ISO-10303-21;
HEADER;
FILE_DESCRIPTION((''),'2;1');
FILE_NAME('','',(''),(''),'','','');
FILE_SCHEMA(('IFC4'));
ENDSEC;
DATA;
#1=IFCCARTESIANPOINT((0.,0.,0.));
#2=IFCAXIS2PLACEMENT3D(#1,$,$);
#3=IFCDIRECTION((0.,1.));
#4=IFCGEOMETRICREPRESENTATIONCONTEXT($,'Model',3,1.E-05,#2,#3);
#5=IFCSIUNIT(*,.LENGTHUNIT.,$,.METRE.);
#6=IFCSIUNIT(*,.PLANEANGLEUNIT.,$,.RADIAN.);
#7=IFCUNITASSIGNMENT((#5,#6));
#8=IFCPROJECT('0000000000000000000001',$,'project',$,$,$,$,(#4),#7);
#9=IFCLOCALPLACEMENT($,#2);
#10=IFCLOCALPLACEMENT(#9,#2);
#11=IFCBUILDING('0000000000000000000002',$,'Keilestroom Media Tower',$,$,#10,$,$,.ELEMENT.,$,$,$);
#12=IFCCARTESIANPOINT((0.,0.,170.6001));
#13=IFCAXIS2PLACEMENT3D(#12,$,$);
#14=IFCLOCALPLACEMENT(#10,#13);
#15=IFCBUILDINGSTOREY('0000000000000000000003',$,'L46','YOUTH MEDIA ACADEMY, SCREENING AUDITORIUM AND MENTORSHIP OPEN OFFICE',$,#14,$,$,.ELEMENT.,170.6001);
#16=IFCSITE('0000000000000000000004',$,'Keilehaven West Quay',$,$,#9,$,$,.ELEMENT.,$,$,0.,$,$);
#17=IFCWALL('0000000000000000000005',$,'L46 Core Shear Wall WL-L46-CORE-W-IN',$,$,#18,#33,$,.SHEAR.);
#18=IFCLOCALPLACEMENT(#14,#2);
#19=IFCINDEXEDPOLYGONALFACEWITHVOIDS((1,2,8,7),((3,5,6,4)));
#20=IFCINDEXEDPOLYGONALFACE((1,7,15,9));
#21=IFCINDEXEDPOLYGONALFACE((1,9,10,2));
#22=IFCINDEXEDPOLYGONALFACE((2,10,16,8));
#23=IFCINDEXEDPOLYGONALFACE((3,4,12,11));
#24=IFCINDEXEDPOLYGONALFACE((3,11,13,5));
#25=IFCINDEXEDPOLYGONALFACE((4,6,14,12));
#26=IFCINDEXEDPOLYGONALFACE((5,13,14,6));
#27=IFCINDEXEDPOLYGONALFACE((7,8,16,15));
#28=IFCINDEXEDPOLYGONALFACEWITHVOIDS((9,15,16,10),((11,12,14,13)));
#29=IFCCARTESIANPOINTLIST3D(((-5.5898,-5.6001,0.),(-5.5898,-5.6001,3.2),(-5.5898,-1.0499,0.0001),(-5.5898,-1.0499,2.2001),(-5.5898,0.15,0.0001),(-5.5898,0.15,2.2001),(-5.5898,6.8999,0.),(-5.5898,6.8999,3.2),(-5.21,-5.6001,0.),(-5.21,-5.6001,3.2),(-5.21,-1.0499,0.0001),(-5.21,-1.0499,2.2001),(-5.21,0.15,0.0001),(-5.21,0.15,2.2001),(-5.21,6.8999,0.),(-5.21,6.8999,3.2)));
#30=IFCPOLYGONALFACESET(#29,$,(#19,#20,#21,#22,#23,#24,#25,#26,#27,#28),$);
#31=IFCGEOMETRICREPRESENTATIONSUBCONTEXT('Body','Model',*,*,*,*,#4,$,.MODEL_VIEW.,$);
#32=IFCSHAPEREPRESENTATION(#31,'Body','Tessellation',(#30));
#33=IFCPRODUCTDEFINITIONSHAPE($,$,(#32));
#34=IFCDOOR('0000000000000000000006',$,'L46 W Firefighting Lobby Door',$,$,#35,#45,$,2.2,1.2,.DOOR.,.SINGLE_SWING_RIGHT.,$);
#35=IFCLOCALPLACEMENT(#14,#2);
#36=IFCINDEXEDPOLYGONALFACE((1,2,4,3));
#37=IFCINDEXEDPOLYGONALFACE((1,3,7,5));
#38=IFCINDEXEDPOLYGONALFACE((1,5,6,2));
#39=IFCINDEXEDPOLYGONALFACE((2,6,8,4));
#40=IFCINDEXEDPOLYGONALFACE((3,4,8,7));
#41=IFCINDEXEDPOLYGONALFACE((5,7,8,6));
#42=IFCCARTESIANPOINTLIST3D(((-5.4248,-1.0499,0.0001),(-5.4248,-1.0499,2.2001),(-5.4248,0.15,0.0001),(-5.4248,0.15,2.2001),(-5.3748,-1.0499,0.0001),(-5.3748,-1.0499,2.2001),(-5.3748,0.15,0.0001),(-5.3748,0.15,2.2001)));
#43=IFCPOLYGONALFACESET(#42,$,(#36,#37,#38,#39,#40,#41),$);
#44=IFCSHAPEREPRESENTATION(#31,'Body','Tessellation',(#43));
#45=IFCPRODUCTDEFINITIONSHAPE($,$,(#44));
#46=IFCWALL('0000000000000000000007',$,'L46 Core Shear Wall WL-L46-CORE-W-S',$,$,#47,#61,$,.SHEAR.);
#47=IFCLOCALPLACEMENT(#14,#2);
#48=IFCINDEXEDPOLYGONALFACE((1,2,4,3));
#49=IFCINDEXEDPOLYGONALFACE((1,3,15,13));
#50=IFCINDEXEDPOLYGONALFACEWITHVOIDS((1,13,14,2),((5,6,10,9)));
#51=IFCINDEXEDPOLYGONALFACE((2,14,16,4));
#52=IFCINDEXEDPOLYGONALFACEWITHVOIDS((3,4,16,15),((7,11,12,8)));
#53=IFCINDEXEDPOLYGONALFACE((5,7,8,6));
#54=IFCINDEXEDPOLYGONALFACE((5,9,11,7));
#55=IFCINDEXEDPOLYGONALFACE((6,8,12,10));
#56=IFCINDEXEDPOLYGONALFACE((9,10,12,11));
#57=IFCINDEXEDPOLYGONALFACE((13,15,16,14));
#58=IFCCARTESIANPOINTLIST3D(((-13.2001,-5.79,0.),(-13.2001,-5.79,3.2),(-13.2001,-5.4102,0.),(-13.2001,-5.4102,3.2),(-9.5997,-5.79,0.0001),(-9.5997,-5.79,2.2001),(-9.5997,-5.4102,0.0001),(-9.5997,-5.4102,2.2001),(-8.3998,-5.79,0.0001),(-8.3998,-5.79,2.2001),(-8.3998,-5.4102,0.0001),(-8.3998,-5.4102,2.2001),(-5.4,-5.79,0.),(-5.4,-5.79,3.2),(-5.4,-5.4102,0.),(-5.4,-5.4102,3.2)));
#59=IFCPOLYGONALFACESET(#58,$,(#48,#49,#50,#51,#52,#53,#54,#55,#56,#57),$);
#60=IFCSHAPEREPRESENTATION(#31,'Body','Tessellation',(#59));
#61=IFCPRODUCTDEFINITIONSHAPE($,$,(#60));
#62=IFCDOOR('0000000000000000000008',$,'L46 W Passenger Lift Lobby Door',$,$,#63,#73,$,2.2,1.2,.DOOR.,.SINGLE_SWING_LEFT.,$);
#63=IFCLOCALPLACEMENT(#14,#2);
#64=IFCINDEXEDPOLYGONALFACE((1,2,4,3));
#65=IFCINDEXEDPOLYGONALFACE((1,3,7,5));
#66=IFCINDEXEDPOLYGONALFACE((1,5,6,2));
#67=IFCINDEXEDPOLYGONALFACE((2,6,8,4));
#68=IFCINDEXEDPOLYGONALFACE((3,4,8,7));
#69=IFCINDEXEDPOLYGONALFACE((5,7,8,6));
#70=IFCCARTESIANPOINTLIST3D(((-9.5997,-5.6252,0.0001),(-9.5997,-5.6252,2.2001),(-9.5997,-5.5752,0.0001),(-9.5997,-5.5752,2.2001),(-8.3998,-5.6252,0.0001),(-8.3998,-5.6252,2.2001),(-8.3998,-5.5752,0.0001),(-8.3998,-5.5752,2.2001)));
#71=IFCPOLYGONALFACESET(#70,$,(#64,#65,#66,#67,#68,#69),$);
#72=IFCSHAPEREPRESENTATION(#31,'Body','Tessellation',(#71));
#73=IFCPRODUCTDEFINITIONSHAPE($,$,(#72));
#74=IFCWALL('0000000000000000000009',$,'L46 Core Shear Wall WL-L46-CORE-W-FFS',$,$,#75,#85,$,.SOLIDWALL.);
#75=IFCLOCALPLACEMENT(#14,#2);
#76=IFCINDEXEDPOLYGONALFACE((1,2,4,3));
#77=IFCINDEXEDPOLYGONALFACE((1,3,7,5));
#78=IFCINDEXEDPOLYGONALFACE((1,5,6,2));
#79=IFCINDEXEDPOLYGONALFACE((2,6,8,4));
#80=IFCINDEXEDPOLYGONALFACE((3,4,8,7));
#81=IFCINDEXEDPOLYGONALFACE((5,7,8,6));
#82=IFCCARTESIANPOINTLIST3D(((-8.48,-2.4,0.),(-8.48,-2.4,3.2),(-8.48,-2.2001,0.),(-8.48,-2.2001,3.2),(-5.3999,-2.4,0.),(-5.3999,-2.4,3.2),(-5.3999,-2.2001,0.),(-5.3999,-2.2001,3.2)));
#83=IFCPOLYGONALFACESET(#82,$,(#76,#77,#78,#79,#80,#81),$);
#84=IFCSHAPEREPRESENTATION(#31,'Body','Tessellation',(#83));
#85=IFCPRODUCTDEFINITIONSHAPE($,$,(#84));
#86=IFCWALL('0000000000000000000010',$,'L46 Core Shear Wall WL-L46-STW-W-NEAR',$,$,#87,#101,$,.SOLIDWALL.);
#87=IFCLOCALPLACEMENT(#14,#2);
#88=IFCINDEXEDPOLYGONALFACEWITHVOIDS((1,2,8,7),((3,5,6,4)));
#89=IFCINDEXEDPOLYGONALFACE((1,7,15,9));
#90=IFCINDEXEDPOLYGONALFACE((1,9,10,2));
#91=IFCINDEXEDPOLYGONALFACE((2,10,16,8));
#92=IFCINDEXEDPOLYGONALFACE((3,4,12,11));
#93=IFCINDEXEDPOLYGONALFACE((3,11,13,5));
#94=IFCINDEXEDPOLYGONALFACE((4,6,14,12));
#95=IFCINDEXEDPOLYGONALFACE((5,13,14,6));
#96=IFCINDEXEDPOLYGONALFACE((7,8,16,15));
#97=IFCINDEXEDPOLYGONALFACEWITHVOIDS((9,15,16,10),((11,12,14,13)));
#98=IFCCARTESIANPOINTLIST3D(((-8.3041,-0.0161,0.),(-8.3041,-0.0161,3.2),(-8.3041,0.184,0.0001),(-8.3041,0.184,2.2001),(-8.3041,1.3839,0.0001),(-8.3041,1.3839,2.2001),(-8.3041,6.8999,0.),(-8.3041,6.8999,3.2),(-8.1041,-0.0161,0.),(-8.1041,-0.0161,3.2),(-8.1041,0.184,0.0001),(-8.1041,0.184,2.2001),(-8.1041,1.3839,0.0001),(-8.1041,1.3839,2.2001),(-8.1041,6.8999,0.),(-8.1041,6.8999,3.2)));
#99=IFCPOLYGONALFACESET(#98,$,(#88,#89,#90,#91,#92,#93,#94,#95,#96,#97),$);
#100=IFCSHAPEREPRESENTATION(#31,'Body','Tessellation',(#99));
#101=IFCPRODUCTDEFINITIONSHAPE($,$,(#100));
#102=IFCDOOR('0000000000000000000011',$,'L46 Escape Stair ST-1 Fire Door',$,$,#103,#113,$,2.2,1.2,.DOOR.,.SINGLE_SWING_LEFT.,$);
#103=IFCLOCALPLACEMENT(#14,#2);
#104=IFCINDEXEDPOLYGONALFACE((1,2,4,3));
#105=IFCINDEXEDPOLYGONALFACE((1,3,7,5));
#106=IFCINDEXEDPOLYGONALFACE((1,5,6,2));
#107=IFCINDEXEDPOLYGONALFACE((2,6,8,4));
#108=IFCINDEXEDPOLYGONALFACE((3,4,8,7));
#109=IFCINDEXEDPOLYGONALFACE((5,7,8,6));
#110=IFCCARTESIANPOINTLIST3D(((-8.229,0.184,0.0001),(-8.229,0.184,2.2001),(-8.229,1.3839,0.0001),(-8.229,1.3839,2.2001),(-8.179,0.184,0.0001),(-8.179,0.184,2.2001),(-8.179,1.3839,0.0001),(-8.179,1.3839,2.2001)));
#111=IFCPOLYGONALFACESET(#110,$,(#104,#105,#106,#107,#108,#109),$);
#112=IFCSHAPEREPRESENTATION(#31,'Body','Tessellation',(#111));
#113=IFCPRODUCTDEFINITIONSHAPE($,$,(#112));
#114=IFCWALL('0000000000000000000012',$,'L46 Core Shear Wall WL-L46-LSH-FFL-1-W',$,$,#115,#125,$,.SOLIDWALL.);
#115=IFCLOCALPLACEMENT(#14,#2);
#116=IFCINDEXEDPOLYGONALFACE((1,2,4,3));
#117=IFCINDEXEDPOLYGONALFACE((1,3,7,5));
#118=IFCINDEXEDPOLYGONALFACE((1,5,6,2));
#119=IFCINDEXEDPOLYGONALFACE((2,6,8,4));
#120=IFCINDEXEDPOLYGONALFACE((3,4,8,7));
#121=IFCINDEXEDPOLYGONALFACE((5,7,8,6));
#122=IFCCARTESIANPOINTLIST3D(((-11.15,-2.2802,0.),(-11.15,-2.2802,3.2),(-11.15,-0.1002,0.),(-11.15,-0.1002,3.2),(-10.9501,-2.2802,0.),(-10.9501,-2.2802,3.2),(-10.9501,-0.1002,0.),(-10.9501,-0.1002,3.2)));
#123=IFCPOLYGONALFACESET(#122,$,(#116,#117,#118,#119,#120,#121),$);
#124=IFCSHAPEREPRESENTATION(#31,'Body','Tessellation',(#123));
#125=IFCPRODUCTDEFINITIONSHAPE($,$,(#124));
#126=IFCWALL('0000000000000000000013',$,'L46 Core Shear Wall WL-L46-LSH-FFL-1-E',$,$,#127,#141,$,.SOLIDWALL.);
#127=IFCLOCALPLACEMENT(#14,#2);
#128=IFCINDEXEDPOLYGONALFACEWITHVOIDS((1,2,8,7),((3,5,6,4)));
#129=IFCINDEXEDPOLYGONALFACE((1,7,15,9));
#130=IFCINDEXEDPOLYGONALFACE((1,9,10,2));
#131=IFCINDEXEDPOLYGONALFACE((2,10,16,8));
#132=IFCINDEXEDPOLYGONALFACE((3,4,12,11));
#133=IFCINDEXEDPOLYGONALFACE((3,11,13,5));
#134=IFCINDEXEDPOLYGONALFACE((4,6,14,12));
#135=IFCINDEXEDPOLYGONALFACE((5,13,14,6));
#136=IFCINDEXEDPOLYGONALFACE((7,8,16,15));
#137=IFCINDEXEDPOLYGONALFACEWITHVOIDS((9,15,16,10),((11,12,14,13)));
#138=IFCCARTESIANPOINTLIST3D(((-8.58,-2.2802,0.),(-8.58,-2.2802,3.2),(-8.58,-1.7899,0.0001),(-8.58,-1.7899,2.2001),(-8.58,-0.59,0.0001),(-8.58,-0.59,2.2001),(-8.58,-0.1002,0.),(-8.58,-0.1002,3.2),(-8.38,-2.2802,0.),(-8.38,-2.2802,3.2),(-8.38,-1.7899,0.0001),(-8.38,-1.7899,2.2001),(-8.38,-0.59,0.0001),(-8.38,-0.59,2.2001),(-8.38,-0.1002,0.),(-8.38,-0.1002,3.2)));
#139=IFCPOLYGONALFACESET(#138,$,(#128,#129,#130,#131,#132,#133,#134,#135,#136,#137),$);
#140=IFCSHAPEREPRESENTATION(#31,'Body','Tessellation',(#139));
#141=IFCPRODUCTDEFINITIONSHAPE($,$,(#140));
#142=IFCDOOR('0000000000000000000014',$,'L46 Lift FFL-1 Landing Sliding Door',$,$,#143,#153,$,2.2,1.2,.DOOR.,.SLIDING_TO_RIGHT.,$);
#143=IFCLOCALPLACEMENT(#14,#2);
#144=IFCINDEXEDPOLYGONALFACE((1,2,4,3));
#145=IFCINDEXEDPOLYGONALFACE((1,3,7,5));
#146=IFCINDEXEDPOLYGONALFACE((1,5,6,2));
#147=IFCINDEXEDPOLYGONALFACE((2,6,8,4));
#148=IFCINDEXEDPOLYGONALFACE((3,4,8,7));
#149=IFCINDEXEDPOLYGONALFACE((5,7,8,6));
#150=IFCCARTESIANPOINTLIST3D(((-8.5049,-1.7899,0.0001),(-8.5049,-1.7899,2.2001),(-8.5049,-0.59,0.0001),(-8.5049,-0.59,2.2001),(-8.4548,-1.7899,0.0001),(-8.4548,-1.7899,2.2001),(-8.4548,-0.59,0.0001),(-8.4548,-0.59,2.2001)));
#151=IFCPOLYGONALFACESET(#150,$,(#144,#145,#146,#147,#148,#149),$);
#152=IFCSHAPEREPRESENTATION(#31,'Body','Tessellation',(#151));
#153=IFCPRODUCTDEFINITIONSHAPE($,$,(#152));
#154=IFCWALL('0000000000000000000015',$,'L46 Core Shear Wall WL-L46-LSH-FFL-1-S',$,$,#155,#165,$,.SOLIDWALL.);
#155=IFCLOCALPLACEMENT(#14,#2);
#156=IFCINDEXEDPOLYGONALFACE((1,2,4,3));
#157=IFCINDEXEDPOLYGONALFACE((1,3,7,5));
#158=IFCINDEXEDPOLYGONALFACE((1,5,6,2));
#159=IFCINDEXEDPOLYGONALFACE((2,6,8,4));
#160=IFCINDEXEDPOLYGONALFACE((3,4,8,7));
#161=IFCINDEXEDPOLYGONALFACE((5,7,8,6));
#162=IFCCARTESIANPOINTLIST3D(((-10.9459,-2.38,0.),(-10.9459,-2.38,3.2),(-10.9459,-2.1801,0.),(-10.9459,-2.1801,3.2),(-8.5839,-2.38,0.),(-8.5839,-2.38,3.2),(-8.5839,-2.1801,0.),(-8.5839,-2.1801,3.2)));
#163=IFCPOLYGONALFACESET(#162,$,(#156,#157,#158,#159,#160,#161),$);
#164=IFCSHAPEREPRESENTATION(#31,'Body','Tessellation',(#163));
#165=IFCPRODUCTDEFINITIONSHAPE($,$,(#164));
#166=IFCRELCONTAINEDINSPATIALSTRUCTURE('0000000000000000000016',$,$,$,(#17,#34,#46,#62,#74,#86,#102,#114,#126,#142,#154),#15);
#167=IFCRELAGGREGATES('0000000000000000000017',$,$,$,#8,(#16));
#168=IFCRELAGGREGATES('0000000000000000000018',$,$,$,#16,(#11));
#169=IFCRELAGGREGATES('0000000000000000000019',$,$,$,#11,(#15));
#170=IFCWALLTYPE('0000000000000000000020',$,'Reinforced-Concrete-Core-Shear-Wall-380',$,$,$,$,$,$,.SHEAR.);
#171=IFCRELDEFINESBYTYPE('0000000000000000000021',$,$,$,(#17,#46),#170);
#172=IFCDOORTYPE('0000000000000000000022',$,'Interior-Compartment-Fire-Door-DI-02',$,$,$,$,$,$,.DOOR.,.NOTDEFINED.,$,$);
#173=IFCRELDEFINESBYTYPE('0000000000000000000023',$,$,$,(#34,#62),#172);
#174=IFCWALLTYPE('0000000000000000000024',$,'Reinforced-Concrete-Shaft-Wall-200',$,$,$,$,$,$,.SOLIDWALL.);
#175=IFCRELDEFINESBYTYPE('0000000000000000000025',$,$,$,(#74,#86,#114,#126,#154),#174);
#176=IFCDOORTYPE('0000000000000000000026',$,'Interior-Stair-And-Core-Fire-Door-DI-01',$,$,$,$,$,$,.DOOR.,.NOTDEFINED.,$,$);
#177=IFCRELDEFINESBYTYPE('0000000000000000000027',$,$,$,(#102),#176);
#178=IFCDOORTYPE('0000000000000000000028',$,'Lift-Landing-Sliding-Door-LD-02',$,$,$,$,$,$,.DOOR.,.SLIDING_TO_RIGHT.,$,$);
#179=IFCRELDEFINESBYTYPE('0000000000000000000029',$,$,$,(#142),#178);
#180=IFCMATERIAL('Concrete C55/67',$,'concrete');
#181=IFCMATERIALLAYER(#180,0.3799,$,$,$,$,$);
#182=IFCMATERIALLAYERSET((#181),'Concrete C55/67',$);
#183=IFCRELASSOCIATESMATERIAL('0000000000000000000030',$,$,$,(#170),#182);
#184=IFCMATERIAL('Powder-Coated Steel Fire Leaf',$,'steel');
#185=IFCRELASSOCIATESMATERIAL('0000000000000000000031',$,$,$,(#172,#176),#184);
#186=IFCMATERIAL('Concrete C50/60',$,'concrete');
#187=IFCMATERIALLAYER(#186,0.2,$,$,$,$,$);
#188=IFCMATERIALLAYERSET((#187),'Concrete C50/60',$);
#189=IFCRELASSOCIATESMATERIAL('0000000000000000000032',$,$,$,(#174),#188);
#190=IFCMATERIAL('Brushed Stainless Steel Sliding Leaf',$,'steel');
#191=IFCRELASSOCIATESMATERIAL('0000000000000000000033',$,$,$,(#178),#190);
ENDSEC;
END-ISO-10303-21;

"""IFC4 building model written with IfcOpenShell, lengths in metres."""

from ifc_helpers import new_model, si_unit, direction, frame, frame_2d, origin, place, context, subcontext, project, spatial, rectangle, extrude, source, transform, mapped, material, layer, layer_set, type_object, element, fill, save


model = new_model("IFC4")

# Units and contexts
model_context = context("Model", 3, precision=1e-05, world=origin(), true_north=direction((0.0, 1.0)))
body_context = subcontext(model_context, "Body", "Model", "MODEL_VIEW")
ifc_project = project(units=[si_unit("LENGTHUNIT", "METRE"), si_unit("PLANEANGLEUNIT", "RADIAN")], contexts=[model_context])

# Site, building, storey
site_placement = place(None, origin())
site = spatial("IfcSite", under=ifc_project, at=site_placement, Name="Keilehaven West Quay", CompositionType="ELEMENT", RefElevation=0.0)
building_placement = place(site_placement, origin())
building = spatial("IfcBuilding", under=site, at=building_placement, Name="Keilestroom Media Tower", CompositionType="ELEMENT")
storey_placement = place(building_placement, frame((0.0, 0.0, 170.6001)))
storey = spatial("IfcBuildingStorey", under=building, at=storey_placement, Name="L46", Description="YOUTH MEDIA ACADEMY, SCREENING AUDITORIUM AND MENTORSHIP OPEN OFFICE", CompositionType="ELEMENT", Elevation=170.6001)

# Shared definitions
ifc_material_1 = material(Name="Concrete C55/67", Category="concrete")

# Shared definitions
ifc_layer_1 = layer(ifc_material_1, 0.3799)
ifc_layer_set_1 = layer_set([ifc_layer_1], Name="Concrete C55/67")
wall_type_1 = type_object("IfcWallType", Name="Reinforced-Concrete-Core-Shear-Wall-380", PredefinedType="SHEAR", material=ifc_layer_set_1)

# Walls, openings, doors
wall_1_placement = place(storey_placement, frame((-5.3999, -5.6001, 0.0), z_axis=(0.0, 0.0, 1.0), x_axis=(0.0, 1.0, 0.0)))
wall_1 = element("IfcWall", 1, at=wall_1_placement, inside=storey, type_object=wall_type_1, Name="L46 Core Shear Wall WL-L46-CORE-W-IN", PredefinedType="SHEAR", context=body_context, shape_type="SweptSolid", body=[
    extrude(rectangle(XDim=12.5, YDim=0.3799, at=frame_2d((6.25, 0.0))), origin(), (0.0, 0.0, 1.0), 3.2),
])
opening_1_placement = place(wall_1_placement, frame((4.55, 0.0, 0.0)))
opening_1 = element("IfcOpeningElement", 2, at=opening_1_placement, cuts=wall_1, PredefinedType="OPENING", context=body_context, shape_type="SweptSolid", body=[
    extrude(rectangle(XDim=1.2, YDim=2.2, at=frame_2d((0.6001, 1.1001))), frame((0.0, 0.2, 0.0), z_axis=(0.0, -1.0, 0.0), x_axis=(1.0, 0.0, 0.0)), (0.0, 0.0, 1.0), 0.3999),
])
ifc_material_2 = material(Name="Powder-Coated Steel Fire Leaf", Category="steel")
door_type_1 = type_object("IfcDoorType", Name="Interior-Compartment-Fire-Door-DI-02", OperationType="NOTDEFINED", PredefinedType="DOOR", material=ifc_material_2)
shared_shape_1 = source(origin(), body_context, "Body", "SweptSolid", [
    extrude(rectangle(XDim=1.2, YDim=2.2, at=frame_2d((0.6001, 1.1001))), frame((0.0, 0.0249, 0.0), z_axis=(0.0, -1.0, 0.0), x_axis=(1.0, 0.0, 0.0)), (0.0, 0.0, 1.0), 0.05),
])
door_1_placement = place(opening_1_placement, origin())
door_1 = element("IfcDoor", 3, at=door_1_placement, inside=storey, type_object=door_type_1, Name="L46 W Firefighting Lobby Door", OperationType="SINGLE_SWING_RIGHT", OverallHeight=2.2, OverallWidth=1.2, PredefinedType="DOOR", context=body_context, shape_type="MappedRepresentation", body=[
    mapped(shared_shape_1, transform((0.0, 0.0, 0.0), x_axis=(1.0, 0.0, 0.0), y_axis=(0.0, 1.0, 0.0), z_axis=(0.0, 0.0, 1.0), scale=1.0)),
])
fill(opening_1, door_1)
wall_2_placement = place(storey_placement, frame((-13.2, -5.6001, 0.0), z_axis=(0.0, 0.0, 1.0), x_axis=(1.0, 0.0, 0.0)))
wall_2 = element("IfcWall", 4, at=wall_2_placement, inside=storey, type_object=wall_type_1, Name="L46 Core Shear Wall WL-L46-CORE-W-S", PredefinedType="SHEAR", context=body_context, shape_type="SweptSolid", body=[
    extrude(rectangle(XDim=7.8, YDim=0.3799, at=frame_2d((3.8999, 0.0))), origin(), (0.0, 0.0, 1.0), 3.2),
])
opening_2_placement = place(wall_2_placement, frame((3.6001, 0.0, 0.0)))
opening_2 = element("IfcOpeningElement", 5, at=opening_2_placement, cuts=wall_2, PredefinedType="OPENING", context=body_context, shape_type="SweptSolid", body=[
    extrude(rectangle(XDim=1.2, YDim=2.2, at=frame_2d((0.6001, 1.1001))), frame((0.0, 0.2, 0.0), z_axis=(0.0, -1.0, 0.0), x_axis=(1.0, 0.0, 0.0)), (0.0, 0.0, 1.0), 0.3999),
])
door_2_placement = place(opening_2_placement, origin())
door_2 = element("IfcDoor", 6, at=door_2_placement, inside=storey, type_object=door_type_1, Name="L46 W Passenger Lift Lobby Door", OperationType="SINGLE_SWING_LEFT", OverallHeight=2.2, OverallWidth=1.2, PredefinedType="DOOR", context=body_context, shape_type="MappedRepresentation", body=[
    mapped(shared_shape_1, transform((0.0, 0.0, 0.0), x_axis=(1.0, 0.0, 0.0), y_axis=(0.0, 1.0, 0.0), z_axis=(0.0, 0.0, 1.0), scale=1.0)),
])
fill(opening_2, door_2)

# Wall
ifc_material_3 = material(Name="Concrete C50/60", Category="concrete")
ifc_layer_2 = layer(ifc_material_3, 0.2)
ifc_layer_set_2 = layer_set([ifc_layer_2], Name="Concrete C50/60")
wall_type_2 = type_object("IfcWallType", Name="Reinforced-Concrete-Shaft-Wall-200", PredefinedType="SOLIDWALL", material=ifc_layer_set_2)
wall_3_placement = place(storey_placement, frame((-8.48, -2.3, 0.0), z_axis=(0.0, 0.0, 1.0), x_axis=(1.0, 0.0, 0.0)))
element("IfcWall", 7, at=wall_3_placement, inside=storey, type_object=wall_type_2, Name="L46 Core Shear Wall WL-L46-CORE-W-FFS", PredefinedType="SOLIDWALL", context=body_context, shape_type="SweptSolid", body=[
    extrude(rectangle(XDim=3.0801, YDim=0.2, at=frame_2d((1.54, 0.0))), origin(), (0.0, 0.0, 1.0), 3.2),
])

# Wall, opening, door
wall_4_placement = place(storey_placement, frame((-8.2041, -0.0161, 0.0), z_axis=(0.0, 0.0, 1.0), x_axis=(0.0, 1.0, 0.0)))
wall_4 = element("IfcWall", 8, at=wall_4_placement, inside=storey, type_object=wall_type_2, Name="L46 Core Shear Wall WL-L46-STW-W-NEAR", PredefinedType="SOLIDWALL", context=body_context, shape_type="SweptSolid", body=[
    extrude(rectangle(XDim=6.916, YDim=0.2, at=frame_2d((3.458, 0.0))), origin(), (0.0, 0.0, 1.0), 3.2),
])
opening_3_placement = place(wall_4_placement, frame((0.2, 0.0, 0.0)))
opening_3 = element("IfcOpeningElement", 9, at=opening_3_placement, cuts=wall_4, PredefinedType="OPENING", context=body_context, shape_type="SweptSolid", body=[
    extrude(rectangle(XDim=1.2, YDim=2.2, at=frame_2d((0.6001, 1.1001))), frame((0.0, 0.1099, 0.0), z_axis=(0.0, -1.0, 0.0), x_axis=(1.0, 0.0, 0.0)), (0.0, 0.0, 1.0), 0.22),
])
door_type_2 = type_object("IfcDoorType", Name="Interior-Stair-And-Core-Fire-Door-DI-01", OperationType="NOTDEFINED", PredefinedType="DOOR", material=ifc_material_2)
door_3_placement = place(opening_3_placement, origin())
door_3 = element("IfcDoor", 10, at=door_3_placement, inside=storey, type_object=door_type_2, Name="L46 Escape Stair ST-1 Fire Door", OperationType="SINGLE_SWING_LEFT", OverallHeight=2.2, OverallWidth=1.2, PredefinedType="DOOR", context=body_context, shape_type="MappedRepresentation", body=[
    mapped(shared_shape_1, transform((0.0, 0.0, 0.0), x_axis=(1.0, 0.0, 0.0), y_axis=(0.0, 1.0, 0.0), z_axis=(0.0, 0.0, 1.0), scale=1.0)),
])
fill(opening_3, door_3)

# Wall
wall_5_placement = place(storey_placement, frame((-11.05, -2.28, 0.0), z_axis=(0.0, 0.0, 1.0), x_axis=(0.0, 1.0, 0.0)))
element("IfcWall", 11, at=wall_5_placement, inside=storey, type_object=wall_type_2, Name="L46 Core Shear Wall WL-L46-LSH-FFL-1-W", PredefinedType="SOLIDWALL", context=body_context, shape_type="SweptSolid", body=[
    extrude(rectangle(XDim=2.1799, YDim=0.2, at=frame_2d((1.0898, 0.0))), origin(), (0.0, 0.0, 1.0), 3.2),
])

# Wall, opening, door
wall_6_placement = place(storey_placement, frame((-8.48, -2.28, 0.0), z_axis=(0.0, 0.0, 1.0), x_axis=(0.0, 1.0, 0.0)))
wall_6 = element("IfcWall", 12, at=wall_6_placement, inside=storey, type_object=wall_type_2, Name="L46 Core Shear Wall WL-L46-LSH-FFL-1-E", PredefinedType="SOLIDWALL", context=body_context, shape_type="SweptSolid", body=[
    extrude(rectangle(XDim=2.1799, YDim=0.2, at=frame_2d((1.0898, 0.0))), origin(), (0.0, 0.0, 1.0), 3.2),
])
opening_4_placement = place(wall_6_placement, frame((0.49, 0.0, 0.0)))
opening_4 = element("IfcOpeningElement", 13, at=opening_4_placement, cuts=wall_6, PredefinedType="OPENING", context=body_context, shape_type="SweptSolid", body=[
    extrude(rectangle(XDim=1.2, YDim=2.2, at=frame_2d((0.6001, 1.1001))), frame((0.0, 0.1099, 0.0), z_axis=(0.0, -1.0, 0.0), x_axis=(1.0, 0.0, 0.0)), (0.0, 0.0, 1.0), 0.22),
])
ifc_material_4 = material(Name="Brushed Stainless Steel Sliding Leaf", Category="steel")
door_type_3 = type_object("IfcDoorType", Name="Lift-Landing-Sliding-Door-LD-02", OperationType="SLIDING_TO_RIGHT", PredefinedType="DOOR", material=ifc_material_4)
door_4_placement = place(opening_4_placement, origin())
door_4 = element("IfcDoor", 14, at=door_4_placement, inside=storey, type_object=door_type_3, Name="L46 Lift FFL-1 Landing Sliding Door", OperationType="SLIDING_TO_RIGHT", OverallHeight=2.2, OverallWidth=1.2, PredefinedType="DOOR", context=body_context, shape_type="MappedRepresentation", body=[
    mapped(shared_shape_1, transform((0.0, 0.0, 0.0), x_axis=(1.0, 0.0, 0.0), y_axis=(0.0, 1.0, 0.0), z_axis=(0.0, 0.0, 1.0), scale=1.0)),
])
fill(opening_4, door_4)

# Wall
wall_7_placement = place(storey_placement, frame((-10.946, -2.28, 0.0), z_axis=(0.0, 0.0, 1.0), x_axis=(1.0, 0.0, 0.0)))
element("IfcWall", 15, at=wall_7_placement, inside=storey, type_object=wall_type_2, Name="L46 Core Shear Wall WL-L46-LSH-FFL-1-S", PredefinedType="SOLIDWALL", context=body_context, shape_type="SweptSolid", body=[
    extrude(rectangle(XDim=2.3621, YDim=0.2, at=frame_2d((1.1812, 0.0))), origin(), (0.0, 0.0, 1.0), 3.2),
])

save(model, "model.ifc")
